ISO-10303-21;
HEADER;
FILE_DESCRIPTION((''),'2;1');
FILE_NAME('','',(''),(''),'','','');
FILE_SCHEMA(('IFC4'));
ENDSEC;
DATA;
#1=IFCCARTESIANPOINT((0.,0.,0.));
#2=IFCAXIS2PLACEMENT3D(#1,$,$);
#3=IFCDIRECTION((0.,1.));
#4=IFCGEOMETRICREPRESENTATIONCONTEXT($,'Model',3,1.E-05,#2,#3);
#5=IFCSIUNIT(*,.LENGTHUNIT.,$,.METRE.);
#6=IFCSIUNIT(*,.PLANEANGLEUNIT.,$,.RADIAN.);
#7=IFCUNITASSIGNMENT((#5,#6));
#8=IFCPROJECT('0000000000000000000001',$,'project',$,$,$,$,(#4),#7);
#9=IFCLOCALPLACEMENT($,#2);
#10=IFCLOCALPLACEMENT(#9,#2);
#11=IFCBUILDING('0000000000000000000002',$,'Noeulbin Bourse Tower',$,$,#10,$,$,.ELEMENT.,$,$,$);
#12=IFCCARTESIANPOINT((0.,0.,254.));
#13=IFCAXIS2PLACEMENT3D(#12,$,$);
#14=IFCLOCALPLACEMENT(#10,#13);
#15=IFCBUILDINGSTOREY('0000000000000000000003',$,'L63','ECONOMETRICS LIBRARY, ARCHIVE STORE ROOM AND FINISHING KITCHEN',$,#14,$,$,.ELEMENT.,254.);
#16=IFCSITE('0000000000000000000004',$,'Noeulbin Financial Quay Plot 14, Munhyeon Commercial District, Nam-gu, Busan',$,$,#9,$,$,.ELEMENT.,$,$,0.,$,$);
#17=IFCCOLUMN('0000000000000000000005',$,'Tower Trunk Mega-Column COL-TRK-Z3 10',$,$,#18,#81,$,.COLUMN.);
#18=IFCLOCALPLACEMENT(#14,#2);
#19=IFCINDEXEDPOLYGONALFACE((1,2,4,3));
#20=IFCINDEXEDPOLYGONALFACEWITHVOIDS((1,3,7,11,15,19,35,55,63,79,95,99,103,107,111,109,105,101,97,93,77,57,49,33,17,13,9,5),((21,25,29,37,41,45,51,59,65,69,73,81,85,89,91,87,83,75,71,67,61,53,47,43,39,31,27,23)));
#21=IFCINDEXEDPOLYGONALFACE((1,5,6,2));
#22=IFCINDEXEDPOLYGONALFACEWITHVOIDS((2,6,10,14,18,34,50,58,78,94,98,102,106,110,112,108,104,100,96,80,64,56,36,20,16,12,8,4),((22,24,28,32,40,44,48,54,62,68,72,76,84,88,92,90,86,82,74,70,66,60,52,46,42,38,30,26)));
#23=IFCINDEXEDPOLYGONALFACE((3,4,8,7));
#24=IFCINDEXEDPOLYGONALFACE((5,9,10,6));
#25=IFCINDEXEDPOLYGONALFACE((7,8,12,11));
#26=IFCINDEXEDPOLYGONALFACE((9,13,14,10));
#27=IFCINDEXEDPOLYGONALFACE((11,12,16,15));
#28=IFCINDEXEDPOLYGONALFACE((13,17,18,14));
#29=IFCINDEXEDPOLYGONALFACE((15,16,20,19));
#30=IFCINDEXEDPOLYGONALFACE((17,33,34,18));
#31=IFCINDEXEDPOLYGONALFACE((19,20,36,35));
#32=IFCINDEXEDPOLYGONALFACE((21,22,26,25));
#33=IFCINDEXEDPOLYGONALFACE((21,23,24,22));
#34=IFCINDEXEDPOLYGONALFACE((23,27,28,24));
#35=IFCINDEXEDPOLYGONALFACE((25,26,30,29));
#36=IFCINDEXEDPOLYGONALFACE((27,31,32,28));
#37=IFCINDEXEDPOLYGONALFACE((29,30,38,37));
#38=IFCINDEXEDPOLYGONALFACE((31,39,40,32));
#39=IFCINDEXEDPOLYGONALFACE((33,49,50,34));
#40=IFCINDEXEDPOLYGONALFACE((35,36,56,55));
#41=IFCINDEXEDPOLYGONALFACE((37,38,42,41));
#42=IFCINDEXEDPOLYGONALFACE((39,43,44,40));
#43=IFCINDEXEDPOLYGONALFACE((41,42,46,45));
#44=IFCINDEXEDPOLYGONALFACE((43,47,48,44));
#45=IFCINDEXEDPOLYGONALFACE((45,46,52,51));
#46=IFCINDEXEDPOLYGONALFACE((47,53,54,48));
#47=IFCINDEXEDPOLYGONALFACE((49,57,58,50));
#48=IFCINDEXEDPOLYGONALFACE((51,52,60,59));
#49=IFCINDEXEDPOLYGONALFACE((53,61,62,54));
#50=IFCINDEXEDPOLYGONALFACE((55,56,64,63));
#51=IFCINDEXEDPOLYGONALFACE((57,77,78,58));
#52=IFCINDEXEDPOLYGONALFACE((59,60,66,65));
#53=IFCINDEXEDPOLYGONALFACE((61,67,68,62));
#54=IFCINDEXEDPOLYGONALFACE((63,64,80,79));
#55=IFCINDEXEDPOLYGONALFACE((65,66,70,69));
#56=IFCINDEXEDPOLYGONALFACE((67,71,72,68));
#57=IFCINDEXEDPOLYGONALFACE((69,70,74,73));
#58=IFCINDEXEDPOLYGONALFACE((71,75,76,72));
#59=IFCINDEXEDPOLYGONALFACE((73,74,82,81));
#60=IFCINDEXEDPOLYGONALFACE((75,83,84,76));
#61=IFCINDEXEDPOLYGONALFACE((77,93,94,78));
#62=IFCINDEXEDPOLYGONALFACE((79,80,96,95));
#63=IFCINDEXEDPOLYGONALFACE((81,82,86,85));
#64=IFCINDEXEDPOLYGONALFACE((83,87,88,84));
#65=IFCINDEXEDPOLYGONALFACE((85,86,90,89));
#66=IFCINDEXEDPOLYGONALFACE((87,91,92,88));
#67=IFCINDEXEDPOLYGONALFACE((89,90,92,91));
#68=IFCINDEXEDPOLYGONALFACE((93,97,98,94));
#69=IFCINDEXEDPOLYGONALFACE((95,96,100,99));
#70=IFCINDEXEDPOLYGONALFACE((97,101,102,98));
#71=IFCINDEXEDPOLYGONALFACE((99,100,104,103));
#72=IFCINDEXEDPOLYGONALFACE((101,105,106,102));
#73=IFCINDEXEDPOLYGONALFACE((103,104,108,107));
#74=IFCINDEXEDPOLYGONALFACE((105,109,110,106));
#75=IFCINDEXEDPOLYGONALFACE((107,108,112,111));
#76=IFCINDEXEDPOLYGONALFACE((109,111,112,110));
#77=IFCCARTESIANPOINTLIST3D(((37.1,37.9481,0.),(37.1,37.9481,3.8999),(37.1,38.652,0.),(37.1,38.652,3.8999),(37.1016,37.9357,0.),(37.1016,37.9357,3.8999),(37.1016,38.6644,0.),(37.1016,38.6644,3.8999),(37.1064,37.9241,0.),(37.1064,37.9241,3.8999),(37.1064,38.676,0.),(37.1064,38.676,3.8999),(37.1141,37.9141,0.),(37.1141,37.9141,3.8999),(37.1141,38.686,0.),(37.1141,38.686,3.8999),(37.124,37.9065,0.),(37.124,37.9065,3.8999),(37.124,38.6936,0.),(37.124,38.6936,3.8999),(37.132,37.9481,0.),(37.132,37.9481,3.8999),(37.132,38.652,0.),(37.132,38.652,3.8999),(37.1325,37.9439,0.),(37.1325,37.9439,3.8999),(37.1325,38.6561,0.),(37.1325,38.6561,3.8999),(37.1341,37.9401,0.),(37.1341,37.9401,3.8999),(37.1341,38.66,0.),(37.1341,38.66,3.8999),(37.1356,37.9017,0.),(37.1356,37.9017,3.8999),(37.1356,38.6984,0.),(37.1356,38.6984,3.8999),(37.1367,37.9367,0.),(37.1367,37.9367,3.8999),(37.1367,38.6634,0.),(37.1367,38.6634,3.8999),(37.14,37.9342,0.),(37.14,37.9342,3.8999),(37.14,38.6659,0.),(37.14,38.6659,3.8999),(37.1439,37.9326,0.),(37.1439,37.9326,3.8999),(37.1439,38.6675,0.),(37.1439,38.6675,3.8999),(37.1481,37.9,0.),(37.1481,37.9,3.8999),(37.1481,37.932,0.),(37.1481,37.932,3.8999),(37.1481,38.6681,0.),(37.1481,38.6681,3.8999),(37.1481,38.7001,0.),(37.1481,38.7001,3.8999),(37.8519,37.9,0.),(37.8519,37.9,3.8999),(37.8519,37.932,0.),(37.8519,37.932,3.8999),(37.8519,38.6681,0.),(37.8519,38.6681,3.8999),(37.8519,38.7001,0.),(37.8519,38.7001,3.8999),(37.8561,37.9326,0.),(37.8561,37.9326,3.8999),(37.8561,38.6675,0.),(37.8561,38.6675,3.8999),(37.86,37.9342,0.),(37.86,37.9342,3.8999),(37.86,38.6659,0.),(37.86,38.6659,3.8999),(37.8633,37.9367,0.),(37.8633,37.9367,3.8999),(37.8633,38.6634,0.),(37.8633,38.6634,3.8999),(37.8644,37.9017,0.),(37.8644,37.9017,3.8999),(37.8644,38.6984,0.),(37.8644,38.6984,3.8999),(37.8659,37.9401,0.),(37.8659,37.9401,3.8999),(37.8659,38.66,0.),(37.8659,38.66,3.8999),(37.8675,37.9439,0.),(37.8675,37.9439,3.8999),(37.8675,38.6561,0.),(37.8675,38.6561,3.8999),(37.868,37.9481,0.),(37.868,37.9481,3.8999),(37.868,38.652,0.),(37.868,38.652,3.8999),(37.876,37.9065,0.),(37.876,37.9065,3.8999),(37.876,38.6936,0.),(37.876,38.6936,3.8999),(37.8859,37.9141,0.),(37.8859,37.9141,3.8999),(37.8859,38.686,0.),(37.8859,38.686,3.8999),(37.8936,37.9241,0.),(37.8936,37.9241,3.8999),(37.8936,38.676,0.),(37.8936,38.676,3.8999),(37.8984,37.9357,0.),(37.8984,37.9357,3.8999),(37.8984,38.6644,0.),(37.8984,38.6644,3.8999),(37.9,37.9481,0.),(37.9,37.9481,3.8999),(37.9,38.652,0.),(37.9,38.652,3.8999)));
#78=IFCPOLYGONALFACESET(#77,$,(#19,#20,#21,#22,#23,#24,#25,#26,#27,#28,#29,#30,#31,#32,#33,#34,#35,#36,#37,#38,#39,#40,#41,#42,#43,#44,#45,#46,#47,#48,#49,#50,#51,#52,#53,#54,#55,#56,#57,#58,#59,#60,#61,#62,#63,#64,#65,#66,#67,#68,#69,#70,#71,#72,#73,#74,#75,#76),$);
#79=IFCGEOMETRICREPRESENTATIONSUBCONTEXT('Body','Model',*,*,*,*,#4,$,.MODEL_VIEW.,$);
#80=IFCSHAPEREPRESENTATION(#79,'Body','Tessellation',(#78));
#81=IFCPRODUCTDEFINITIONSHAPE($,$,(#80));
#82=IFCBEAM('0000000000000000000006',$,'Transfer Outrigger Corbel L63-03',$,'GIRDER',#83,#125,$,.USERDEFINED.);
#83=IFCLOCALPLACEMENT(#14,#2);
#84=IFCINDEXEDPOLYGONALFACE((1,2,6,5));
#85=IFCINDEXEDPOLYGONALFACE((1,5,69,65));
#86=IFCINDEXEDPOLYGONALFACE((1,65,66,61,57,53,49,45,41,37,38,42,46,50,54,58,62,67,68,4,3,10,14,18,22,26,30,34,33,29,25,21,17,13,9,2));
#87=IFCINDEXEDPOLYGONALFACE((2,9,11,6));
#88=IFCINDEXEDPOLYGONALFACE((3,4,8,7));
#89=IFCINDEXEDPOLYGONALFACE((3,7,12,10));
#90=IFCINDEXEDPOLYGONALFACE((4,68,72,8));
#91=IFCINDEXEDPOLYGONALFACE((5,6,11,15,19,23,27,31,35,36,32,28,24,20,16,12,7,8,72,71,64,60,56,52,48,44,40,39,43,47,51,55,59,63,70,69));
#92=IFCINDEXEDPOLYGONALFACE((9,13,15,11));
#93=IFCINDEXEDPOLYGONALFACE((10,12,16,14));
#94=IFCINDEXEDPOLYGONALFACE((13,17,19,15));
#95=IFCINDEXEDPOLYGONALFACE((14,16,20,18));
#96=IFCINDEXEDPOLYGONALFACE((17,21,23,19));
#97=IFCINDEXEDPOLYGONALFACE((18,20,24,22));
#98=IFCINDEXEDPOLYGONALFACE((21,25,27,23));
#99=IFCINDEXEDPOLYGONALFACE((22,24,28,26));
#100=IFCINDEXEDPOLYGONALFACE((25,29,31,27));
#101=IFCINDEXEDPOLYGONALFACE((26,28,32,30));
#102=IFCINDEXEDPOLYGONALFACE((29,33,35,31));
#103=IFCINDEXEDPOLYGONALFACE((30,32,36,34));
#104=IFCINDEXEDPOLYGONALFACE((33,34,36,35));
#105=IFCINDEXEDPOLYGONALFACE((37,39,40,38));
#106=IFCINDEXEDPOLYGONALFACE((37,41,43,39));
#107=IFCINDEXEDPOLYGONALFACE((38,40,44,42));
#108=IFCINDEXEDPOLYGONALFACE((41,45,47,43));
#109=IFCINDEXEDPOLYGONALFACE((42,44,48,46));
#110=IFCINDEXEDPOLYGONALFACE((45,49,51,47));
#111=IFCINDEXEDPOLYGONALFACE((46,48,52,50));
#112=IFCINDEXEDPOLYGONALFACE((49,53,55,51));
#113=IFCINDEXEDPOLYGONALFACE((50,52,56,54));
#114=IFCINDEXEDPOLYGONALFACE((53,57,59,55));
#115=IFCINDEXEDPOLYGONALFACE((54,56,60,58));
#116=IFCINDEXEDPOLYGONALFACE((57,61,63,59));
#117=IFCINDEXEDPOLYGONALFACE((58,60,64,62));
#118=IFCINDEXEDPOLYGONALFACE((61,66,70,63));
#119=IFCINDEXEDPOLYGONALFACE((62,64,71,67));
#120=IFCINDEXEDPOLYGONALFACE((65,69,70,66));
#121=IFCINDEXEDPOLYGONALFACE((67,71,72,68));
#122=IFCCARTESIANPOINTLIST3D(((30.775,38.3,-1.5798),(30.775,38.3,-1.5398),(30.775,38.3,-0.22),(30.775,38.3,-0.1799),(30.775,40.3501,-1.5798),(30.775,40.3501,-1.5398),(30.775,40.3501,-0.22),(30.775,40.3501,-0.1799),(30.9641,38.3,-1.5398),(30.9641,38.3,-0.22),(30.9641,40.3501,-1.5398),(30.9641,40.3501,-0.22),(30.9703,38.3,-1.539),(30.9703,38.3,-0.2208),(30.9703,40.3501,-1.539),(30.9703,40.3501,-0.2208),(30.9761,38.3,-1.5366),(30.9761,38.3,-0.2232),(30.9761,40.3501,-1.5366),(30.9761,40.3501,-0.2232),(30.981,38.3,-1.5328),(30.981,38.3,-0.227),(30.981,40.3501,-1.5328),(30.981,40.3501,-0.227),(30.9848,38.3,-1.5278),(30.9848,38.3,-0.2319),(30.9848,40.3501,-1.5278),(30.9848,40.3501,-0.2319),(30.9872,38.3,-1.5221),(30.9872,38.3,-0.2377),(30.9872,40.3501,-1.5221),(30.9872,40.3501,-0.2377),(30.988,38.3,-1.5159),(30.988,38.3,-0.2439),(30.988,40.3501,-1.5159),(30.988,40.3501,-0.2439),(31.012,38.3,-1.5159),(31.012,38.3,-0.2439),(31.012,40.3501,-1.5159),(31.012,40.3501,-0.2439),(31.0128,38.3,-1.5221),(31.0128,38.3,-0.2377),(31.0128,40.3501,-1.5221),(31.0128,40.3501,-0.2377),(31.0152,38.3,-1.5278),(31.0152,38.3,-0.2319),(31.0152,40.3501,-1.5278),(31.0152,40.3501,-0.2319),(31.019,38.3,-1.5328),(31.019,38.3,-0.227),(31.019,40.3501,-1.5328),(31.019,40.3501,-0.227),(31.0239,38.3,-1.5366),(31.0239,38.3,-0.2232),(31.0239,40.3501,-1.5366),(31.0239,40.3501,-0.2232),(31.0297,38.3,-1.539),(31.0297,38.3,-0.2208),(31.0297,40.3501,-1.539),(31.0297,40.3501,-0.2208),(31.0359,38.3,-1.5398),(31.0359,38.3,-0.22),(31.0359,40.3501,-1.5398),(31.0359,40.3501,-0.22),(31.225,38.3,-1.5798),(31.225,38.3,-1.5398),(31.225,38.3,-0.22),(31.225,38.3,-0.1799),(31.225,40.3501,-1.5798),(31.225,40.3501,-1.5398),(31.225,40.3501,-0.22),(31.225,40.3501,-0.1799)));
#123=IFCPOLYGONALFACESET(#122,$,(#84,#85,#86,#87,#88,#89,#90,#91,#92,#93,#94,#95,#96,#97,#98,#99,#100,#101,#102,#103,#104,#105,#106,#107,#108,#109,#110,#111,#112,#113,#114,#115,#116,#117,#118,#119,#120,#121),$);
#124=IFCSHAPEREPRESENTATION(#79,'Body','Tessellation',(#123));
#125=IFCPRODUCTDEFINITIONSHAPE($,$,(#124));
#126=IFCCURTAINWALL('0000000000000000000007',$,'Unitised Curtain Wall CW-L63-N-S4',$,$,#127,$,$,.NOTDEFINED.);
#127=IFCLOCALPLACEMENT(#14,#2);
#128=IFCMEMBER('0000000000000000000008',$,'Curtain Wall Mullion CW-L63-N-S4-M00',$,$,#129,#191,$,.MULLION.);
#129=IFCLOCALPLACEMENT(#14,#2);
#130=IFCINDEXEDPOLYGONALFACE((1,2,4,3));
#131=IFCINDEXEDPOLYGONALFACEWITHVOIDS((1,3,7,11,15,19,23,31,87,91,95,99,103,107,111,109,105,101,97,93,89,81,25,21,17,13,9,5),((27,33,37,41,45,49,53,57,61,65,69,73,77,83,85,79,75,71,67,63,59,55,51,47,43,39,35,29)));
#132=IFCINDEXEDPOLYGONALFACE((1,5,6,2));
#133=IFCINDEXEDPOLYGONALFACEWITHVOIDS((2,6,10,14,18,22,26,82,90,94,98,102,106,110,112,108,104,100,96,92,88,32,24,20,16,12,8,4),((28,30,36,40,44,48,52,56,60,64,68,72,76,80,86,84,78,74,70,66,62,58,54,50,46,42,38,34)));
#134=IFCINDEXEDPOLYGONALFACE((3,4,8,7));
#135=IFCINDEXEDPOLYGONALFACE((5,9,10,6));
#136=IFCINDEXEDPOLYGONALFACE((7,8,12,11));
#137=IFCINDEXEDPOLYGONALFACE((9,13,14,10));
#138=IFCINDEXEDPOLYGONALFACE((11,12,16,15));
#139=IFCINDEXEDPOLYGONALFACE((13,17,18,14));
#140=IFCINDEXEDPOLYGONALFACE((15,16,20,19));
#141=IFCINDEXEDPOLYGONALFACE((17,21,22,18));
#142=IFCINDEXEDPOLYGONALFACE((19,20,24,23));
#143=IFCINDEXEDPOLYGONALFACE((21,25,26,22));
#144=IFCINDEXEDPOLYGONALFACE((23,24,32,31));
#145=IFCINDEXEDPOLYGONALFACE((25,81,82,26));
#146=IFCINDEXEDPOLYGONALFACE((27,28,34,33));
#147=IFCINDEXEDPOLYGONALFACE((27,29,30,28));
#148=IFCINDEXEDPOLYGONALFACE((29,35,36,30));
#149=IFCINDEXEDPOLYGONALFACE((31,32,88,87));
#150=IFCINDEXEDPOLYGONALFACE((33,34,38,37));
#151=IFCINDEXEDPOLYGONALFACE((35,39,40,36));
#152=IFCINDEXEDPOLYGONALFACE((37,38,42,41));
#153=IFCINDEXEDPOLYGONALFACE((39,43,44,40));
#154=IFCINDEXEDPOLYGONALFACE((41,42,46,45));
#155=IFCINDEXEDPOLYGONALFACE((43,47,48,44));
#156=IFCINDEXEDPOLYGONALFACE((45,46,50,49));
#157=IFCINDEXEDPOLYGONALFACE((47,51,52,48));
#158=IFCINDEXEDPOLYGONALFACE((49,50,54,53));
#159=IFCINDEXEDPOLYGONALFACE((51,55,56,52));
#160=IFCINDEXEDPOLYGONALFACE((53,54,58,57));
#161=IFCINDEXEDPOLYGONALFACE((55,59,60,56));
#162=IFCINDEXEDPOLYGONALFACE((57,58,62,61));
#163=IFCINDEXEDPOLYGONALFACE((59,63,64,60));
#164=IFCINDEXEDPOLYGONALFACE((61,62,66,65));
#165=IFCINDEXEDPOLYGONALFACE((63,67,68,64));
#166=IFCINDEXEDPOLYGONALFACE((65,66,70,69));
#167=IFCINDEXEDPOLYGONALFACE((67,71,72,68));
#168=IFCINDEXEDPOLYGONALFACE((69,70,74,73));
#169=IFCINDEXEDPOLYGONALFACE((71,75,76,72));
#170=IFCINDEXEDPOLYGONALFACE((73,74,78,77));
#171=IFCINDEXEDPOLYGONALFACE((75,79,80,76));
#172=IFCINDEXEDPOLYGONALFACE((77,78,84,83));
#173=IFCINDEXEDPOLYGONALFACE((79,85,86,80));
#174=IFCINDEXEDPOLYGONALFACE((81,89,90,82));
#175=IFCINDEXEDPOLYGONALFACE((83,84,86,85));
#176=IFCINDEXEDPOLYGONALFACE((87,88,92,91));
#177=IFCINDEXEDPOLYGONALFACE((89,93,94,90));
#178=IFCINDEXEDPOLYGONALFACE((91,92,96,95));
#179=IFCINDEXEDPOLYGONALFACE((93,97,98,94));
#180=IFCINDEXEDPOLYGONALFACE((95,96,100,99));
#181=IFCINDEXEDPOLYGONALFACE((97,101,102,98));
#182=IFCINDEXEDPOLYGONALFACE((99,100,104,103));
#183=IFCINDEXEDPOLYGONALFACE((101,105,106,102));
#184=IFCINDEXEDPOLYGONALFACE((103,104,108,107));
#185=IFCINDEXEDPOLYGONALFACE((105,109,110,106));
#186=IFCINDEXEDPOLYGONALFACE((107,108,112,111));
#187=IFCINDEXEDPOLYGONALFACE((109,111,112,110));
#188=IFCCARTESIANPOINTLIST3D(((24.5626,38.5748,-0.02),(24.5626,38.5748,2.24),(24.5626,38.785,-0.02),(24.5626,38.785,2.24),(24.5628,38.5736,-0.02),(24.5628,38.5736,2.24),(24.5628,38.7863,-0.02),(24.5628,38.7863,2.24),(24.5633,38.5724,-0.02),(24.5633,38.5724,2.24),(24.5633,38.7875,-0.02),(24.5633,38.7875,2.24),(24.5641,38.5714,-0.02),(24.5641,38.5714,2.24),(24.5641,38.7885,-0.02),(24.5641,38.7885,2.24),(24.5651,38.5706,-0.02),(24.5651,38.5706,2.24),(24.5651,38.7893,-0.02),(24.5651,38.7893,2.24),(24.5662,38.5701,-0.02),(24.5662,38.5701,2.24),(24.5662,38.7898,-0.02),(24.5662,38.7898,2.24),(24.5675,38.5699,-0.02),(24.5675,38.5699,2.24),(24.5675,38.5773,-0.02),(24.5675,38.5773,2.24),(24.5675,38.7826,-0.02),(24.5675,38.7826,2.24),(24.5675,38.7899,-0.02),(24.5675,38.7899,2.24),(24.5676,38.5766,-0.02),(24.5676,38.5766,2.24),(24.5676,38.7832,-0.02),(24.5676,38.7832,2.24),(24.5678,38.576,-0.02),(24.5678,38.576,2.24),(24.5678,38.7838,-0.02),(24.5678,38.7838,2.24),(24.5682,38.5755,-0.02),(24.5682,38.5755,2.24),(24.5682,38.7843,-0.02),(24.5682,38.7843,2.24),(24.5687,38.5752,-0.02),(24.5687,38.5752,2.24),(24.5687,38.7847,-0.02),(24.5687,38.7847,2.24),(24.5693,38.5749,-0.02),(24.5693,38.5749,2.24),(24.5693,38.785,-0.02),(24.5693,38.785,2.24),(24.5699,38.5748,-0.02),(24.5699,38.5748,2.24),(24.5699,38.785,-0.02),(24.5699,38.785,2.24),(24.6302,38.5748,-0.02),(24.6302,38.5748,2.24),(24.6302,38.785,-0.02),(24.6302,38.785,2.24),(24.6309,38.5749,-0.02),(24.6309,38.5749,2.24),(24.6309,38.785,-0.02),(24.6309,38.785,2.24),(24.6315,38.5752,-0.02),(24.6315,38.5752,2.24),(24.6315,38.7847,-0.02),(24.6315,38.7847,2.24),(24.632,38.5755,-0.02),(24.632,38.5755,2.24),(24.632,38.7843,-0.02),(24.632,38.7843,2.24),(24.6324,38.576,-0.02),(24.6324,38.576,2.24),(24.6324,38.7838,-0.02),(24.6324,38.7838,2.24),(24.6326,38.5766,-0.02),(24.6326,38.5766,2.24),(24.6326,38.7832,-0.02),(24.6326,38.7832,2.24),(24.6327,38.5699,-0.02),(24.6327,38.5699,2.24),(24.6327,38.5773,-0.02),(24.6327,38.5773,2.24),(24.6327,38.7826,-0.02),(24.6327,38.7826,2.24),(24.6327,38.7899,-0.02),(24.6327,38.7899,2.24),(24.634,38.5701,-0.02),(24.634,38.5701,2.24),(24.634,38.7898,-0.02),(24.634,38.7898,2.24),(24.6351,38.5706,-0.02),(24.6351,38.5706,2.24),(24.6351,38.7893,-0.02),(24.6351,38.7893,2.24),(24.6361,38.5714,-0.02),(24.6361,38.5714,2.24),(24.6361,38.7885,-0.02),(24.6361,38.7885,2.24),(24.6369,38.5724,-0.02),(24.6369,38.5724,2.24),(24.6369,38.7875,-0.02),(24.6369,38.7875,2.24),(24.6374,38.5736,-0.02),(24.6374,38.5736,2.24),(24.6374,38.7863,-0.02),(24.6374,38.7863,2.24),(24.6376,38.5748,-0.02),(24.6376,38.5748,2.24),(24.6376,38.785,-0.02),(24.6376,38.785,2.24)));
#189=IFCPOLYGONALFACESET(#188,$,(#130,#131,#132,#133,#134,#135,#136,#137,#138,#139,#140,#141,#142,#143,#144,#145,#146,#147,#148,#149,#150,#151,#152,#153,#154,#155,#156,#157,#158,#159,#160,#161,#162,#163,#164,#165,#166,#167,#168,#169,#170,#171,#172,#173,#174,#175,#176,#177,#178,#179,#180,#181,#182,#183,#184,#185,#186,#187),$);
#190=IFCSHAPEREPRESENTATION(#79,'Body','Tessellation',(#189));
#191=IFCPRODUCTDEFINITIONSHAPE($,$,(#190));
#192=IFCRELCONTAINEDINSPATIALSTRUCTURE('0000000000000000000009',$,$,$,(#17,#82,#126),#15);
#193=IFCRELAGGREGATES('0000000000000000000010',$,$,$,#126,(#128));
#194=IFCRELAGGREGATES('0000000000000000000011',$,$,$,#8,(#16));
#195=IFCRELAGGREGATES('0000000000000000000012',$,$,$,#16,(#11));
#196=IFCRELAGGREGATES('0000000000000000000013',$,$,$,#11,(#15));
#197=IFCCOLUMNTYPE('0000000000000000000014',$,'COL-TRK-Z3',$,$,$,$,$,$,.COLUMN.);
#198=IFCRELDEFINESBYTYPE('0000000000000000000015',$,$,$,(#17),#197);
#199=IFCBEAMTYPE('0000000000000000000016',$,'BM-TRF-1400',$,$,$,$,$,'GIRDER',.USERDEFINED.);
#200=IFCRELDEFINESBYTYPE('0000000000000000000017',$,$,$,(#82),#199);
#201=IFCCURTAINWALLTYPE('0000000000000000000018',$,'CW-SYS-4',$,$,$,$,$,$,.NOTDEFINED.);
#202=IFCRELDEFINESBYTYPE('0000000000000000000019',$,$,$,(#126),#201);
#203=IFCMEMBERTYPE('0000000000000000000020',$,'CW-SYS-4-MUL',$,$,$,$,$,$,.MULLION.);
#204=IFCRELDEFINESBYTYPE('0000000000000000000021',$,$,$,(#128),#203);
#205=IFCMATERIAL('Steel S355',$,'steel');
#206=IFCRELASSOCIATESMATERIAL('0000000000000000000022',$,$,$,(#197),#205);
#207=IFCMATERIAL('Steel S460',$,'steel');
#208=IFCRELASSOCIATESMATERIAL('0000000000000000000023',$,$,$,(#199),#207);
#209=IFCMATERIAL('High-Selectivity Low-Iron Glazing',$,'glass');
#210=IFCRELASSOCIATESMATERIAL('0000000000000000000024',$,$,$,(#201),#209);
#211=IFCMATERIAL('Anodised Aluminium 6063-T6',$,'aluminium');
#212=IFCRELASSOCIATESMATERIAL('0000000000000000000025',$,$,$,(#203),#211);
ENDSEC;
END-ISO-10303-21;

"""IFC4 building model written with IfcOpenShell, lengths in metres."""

from ifc_helpers import new_model, si_unit, direction, frame, origin, origin_2d, place, context, subcontext, project, spatial, hollow_rectangle, i_section, extrude, material, material_profile, profile_set, type_object, element, aggregate, save


model = new_model("IFC4")

# Units and contexts
model_context = context("Model", 3, precision=1e-05, world=origin(), true_north=direction((0.0, 1.0)))
body_context = subcontext(model_context, "Body", "Model", "MODEL_VIEW")
ifc_project = project(units=[si_unit("LENGTHUNIT", "METRE"), si_unit("PLANEANGLEUNIT", "RADIAN")], contexts=[model_context])

# Site, building, storey
site_placement = place(None, origin())
site = spatial("IfcSite", under=ifc_project, at=site_placement, Name="Noeulbin Financial Quay Plot 14, Munhyeon Commercial District, Nam-gu, Busan", CompositionType="ELEMENT", RefElevation=0.0)
building_placement = place(site_placement, origin())
building = spatial("IfcBuilding", under=site, at=building_placement, Name="Noeulbin Bourse Tower", CompositionType="ELEMENT")
storey_placement = place(building_placement, frame((0.0, 0.0, 254.0)))
storey = spatial("IfcBuildingStorey", under=building, at=storey_placement, Name="L63", Description="ECONOMETRICS LIBRARY, ARCHIVE STORE ROOM AND FINISHING KITCHEN", CompositionType="ELEMENT", Elevation=254.0)

# Column
ifc_material_1 = material(Name="Steel S355", Category="steel")
ifc_material_profile_1 = material_profile(ifc_material_1, hollow_rectangle(XDim=0.8, YDim=0.8, WallThickness=0.032, InnerFilletRadius=0.0161, OuterFilletRadius=0.0481, at=origin_2d()), Name="BOX-800x800x32", Category="LoadBearing")
ifc_profile_set_1 = profile_set([ifc_material_profile_1], Name="Steel S355")
column_type_1 = type_object("IfcColumnType", Name="COL-TRK-Z3", PredefinedType="COLUMN", material=ifc_profile_set_1)
for number, where, z_axis, x_axis, name in (
    (1, (37.5, 38.3, 0.0), (0.0, 0.0, 1.0), (1.0, 0.0, 0.0), "Tower Trunk Mega-Column COL-TRK-Z3 10"),
):
    element("IfcColumn", number, at=place(storey_placement, frame(where, z_axis=z_axis, x_axis=x_axis)), inside=storey, type_object=column_type_1, Name=name, PredefinedType="COLUMN", context=body_context, shape_type="SweptSolid", body=[
        extrude(hollow_rectangle(XDim=0.8, YDim=0.8, WallThickness=0.032, InnerFilletRadius=0.0161, OuterFilletRadius=0.0481, at=origin_2d()), origin(), (0.0, 0.0, 1.0), 3.8999),
    ])

# Beam
ifc_material_2 = material(Name="Steel S460", Category="steel")
ifc_material_profile_2 = material_profile(ifc_material_2, i_section(OverallWidth=0.45, OverallDepth=1.3999, WebThickness=0.0239, FlangeThickness=0.04, FilletRadius=0.0239, at=origin_2d()), Name="PG-1400x450x24x40", Category="LoadBearing")
ifc_profile_set_2 = profile_set([ifc_material_profile_2], Name="Steel S460")
beam_type = type_object("IfcBeamType", Name="BM-TRF-1400", ElementType="GIRDER", PredefinedType="USERDEFINED", material=ifc_profile_set_2)
beam_placement = place(storey_placement, frame((31.0, 38.3, -0.8799), z_axis=(0.0, 1.0, 0.0), x_axis=(-1.0, 0.0, 0.0)))
element("IfcBeam", 2, at=beam_placement, inside=storey, type_object=beam_type, Name="Transfer Outrigger Corbel L63-03", ObjectType="GIRDER", PredefinedType="USERDEFINED", context=body_context, shape_type="SweptSolid", body=[
    extrude(i_section(OverallWidth=0.45, OverallDepth=1.3999, WebThickness=0.0239, FlangeThickness=0.04, FilletRadius=0.0239, at=origin_2d()), origin(), (0.0, 0.0, 1.0), 2.05),
])

# Curtain wall, member
ifc_material_3 = material(Name="High-Selectivity Low-Iron Glazing", Category="glass")
curtain_wall_type = type_object("IfcCurtainWallType", Name="CW-SYS-4", PredefinedType="NOTDEFINED", material=ifc_material_3)
curtain_wall_1_placement = place(storey_placement, origin())
curtain_wall_1 = element("IfcCurtainWall", 3, at=curtain_wall_1_placement, inside=storey, type_object=curtain_wall_type, Name="Unitised Curtain Wall CW-L63-N-S4", PredefinedType="NOTDEFINED")
ifc_material_4 = material(Name="Anodised Aluminium 6063-T6", Category="aluminium")
ifc_material_profile_3 = material_profile(ifc_material_4, hollow_rectangle(XDim=0.075, YDim=0.22, WallThickness=0.0049, InnerFilletRadius=0.0024, OuterFilletRadius=0.0049, at=origin_2d()), Name="ALU-MULL-75x220x5", Category="LoadBearing")
ifc_profile_set_3 = profile_set([ifc_material_profile_3], Name="Anodised Aluminium 6063-T6")
member_type_1 = type_object("IfcMemberType", Name="CW-SYS-4-MUL", PredefinedType="MULLION", material=ifc_profile_set_3)
member_1_placement = place(storey_placement, frame((24.6001, 38.6799, -0.02), z_axis=(0.0, 0.0, 1.0), x_axis=(1.0, 0.0, 0.0)))
member_1 = element("IfcMember", 4, at=member_1_placement, type_object=member_type_1, Name="Curtain Wall Mullion CW-L63-N-S4-M00", PredefinedType="MULLION", context=body_context, shape_type="SweptSolid", body=[
    extrude(hollow_rectangle(XDim=0.075, YDim=0.22, WallThickness=0.0049, InnerFilletRadius=0.0024, OuterFilletRadius=0.0049, at=origin_2d()), origin(), (0.0, 0.0, 1.0), 2.26),
])

aggregate(curtain_wall_1, [member_1])

save(model, "model.ifc")
